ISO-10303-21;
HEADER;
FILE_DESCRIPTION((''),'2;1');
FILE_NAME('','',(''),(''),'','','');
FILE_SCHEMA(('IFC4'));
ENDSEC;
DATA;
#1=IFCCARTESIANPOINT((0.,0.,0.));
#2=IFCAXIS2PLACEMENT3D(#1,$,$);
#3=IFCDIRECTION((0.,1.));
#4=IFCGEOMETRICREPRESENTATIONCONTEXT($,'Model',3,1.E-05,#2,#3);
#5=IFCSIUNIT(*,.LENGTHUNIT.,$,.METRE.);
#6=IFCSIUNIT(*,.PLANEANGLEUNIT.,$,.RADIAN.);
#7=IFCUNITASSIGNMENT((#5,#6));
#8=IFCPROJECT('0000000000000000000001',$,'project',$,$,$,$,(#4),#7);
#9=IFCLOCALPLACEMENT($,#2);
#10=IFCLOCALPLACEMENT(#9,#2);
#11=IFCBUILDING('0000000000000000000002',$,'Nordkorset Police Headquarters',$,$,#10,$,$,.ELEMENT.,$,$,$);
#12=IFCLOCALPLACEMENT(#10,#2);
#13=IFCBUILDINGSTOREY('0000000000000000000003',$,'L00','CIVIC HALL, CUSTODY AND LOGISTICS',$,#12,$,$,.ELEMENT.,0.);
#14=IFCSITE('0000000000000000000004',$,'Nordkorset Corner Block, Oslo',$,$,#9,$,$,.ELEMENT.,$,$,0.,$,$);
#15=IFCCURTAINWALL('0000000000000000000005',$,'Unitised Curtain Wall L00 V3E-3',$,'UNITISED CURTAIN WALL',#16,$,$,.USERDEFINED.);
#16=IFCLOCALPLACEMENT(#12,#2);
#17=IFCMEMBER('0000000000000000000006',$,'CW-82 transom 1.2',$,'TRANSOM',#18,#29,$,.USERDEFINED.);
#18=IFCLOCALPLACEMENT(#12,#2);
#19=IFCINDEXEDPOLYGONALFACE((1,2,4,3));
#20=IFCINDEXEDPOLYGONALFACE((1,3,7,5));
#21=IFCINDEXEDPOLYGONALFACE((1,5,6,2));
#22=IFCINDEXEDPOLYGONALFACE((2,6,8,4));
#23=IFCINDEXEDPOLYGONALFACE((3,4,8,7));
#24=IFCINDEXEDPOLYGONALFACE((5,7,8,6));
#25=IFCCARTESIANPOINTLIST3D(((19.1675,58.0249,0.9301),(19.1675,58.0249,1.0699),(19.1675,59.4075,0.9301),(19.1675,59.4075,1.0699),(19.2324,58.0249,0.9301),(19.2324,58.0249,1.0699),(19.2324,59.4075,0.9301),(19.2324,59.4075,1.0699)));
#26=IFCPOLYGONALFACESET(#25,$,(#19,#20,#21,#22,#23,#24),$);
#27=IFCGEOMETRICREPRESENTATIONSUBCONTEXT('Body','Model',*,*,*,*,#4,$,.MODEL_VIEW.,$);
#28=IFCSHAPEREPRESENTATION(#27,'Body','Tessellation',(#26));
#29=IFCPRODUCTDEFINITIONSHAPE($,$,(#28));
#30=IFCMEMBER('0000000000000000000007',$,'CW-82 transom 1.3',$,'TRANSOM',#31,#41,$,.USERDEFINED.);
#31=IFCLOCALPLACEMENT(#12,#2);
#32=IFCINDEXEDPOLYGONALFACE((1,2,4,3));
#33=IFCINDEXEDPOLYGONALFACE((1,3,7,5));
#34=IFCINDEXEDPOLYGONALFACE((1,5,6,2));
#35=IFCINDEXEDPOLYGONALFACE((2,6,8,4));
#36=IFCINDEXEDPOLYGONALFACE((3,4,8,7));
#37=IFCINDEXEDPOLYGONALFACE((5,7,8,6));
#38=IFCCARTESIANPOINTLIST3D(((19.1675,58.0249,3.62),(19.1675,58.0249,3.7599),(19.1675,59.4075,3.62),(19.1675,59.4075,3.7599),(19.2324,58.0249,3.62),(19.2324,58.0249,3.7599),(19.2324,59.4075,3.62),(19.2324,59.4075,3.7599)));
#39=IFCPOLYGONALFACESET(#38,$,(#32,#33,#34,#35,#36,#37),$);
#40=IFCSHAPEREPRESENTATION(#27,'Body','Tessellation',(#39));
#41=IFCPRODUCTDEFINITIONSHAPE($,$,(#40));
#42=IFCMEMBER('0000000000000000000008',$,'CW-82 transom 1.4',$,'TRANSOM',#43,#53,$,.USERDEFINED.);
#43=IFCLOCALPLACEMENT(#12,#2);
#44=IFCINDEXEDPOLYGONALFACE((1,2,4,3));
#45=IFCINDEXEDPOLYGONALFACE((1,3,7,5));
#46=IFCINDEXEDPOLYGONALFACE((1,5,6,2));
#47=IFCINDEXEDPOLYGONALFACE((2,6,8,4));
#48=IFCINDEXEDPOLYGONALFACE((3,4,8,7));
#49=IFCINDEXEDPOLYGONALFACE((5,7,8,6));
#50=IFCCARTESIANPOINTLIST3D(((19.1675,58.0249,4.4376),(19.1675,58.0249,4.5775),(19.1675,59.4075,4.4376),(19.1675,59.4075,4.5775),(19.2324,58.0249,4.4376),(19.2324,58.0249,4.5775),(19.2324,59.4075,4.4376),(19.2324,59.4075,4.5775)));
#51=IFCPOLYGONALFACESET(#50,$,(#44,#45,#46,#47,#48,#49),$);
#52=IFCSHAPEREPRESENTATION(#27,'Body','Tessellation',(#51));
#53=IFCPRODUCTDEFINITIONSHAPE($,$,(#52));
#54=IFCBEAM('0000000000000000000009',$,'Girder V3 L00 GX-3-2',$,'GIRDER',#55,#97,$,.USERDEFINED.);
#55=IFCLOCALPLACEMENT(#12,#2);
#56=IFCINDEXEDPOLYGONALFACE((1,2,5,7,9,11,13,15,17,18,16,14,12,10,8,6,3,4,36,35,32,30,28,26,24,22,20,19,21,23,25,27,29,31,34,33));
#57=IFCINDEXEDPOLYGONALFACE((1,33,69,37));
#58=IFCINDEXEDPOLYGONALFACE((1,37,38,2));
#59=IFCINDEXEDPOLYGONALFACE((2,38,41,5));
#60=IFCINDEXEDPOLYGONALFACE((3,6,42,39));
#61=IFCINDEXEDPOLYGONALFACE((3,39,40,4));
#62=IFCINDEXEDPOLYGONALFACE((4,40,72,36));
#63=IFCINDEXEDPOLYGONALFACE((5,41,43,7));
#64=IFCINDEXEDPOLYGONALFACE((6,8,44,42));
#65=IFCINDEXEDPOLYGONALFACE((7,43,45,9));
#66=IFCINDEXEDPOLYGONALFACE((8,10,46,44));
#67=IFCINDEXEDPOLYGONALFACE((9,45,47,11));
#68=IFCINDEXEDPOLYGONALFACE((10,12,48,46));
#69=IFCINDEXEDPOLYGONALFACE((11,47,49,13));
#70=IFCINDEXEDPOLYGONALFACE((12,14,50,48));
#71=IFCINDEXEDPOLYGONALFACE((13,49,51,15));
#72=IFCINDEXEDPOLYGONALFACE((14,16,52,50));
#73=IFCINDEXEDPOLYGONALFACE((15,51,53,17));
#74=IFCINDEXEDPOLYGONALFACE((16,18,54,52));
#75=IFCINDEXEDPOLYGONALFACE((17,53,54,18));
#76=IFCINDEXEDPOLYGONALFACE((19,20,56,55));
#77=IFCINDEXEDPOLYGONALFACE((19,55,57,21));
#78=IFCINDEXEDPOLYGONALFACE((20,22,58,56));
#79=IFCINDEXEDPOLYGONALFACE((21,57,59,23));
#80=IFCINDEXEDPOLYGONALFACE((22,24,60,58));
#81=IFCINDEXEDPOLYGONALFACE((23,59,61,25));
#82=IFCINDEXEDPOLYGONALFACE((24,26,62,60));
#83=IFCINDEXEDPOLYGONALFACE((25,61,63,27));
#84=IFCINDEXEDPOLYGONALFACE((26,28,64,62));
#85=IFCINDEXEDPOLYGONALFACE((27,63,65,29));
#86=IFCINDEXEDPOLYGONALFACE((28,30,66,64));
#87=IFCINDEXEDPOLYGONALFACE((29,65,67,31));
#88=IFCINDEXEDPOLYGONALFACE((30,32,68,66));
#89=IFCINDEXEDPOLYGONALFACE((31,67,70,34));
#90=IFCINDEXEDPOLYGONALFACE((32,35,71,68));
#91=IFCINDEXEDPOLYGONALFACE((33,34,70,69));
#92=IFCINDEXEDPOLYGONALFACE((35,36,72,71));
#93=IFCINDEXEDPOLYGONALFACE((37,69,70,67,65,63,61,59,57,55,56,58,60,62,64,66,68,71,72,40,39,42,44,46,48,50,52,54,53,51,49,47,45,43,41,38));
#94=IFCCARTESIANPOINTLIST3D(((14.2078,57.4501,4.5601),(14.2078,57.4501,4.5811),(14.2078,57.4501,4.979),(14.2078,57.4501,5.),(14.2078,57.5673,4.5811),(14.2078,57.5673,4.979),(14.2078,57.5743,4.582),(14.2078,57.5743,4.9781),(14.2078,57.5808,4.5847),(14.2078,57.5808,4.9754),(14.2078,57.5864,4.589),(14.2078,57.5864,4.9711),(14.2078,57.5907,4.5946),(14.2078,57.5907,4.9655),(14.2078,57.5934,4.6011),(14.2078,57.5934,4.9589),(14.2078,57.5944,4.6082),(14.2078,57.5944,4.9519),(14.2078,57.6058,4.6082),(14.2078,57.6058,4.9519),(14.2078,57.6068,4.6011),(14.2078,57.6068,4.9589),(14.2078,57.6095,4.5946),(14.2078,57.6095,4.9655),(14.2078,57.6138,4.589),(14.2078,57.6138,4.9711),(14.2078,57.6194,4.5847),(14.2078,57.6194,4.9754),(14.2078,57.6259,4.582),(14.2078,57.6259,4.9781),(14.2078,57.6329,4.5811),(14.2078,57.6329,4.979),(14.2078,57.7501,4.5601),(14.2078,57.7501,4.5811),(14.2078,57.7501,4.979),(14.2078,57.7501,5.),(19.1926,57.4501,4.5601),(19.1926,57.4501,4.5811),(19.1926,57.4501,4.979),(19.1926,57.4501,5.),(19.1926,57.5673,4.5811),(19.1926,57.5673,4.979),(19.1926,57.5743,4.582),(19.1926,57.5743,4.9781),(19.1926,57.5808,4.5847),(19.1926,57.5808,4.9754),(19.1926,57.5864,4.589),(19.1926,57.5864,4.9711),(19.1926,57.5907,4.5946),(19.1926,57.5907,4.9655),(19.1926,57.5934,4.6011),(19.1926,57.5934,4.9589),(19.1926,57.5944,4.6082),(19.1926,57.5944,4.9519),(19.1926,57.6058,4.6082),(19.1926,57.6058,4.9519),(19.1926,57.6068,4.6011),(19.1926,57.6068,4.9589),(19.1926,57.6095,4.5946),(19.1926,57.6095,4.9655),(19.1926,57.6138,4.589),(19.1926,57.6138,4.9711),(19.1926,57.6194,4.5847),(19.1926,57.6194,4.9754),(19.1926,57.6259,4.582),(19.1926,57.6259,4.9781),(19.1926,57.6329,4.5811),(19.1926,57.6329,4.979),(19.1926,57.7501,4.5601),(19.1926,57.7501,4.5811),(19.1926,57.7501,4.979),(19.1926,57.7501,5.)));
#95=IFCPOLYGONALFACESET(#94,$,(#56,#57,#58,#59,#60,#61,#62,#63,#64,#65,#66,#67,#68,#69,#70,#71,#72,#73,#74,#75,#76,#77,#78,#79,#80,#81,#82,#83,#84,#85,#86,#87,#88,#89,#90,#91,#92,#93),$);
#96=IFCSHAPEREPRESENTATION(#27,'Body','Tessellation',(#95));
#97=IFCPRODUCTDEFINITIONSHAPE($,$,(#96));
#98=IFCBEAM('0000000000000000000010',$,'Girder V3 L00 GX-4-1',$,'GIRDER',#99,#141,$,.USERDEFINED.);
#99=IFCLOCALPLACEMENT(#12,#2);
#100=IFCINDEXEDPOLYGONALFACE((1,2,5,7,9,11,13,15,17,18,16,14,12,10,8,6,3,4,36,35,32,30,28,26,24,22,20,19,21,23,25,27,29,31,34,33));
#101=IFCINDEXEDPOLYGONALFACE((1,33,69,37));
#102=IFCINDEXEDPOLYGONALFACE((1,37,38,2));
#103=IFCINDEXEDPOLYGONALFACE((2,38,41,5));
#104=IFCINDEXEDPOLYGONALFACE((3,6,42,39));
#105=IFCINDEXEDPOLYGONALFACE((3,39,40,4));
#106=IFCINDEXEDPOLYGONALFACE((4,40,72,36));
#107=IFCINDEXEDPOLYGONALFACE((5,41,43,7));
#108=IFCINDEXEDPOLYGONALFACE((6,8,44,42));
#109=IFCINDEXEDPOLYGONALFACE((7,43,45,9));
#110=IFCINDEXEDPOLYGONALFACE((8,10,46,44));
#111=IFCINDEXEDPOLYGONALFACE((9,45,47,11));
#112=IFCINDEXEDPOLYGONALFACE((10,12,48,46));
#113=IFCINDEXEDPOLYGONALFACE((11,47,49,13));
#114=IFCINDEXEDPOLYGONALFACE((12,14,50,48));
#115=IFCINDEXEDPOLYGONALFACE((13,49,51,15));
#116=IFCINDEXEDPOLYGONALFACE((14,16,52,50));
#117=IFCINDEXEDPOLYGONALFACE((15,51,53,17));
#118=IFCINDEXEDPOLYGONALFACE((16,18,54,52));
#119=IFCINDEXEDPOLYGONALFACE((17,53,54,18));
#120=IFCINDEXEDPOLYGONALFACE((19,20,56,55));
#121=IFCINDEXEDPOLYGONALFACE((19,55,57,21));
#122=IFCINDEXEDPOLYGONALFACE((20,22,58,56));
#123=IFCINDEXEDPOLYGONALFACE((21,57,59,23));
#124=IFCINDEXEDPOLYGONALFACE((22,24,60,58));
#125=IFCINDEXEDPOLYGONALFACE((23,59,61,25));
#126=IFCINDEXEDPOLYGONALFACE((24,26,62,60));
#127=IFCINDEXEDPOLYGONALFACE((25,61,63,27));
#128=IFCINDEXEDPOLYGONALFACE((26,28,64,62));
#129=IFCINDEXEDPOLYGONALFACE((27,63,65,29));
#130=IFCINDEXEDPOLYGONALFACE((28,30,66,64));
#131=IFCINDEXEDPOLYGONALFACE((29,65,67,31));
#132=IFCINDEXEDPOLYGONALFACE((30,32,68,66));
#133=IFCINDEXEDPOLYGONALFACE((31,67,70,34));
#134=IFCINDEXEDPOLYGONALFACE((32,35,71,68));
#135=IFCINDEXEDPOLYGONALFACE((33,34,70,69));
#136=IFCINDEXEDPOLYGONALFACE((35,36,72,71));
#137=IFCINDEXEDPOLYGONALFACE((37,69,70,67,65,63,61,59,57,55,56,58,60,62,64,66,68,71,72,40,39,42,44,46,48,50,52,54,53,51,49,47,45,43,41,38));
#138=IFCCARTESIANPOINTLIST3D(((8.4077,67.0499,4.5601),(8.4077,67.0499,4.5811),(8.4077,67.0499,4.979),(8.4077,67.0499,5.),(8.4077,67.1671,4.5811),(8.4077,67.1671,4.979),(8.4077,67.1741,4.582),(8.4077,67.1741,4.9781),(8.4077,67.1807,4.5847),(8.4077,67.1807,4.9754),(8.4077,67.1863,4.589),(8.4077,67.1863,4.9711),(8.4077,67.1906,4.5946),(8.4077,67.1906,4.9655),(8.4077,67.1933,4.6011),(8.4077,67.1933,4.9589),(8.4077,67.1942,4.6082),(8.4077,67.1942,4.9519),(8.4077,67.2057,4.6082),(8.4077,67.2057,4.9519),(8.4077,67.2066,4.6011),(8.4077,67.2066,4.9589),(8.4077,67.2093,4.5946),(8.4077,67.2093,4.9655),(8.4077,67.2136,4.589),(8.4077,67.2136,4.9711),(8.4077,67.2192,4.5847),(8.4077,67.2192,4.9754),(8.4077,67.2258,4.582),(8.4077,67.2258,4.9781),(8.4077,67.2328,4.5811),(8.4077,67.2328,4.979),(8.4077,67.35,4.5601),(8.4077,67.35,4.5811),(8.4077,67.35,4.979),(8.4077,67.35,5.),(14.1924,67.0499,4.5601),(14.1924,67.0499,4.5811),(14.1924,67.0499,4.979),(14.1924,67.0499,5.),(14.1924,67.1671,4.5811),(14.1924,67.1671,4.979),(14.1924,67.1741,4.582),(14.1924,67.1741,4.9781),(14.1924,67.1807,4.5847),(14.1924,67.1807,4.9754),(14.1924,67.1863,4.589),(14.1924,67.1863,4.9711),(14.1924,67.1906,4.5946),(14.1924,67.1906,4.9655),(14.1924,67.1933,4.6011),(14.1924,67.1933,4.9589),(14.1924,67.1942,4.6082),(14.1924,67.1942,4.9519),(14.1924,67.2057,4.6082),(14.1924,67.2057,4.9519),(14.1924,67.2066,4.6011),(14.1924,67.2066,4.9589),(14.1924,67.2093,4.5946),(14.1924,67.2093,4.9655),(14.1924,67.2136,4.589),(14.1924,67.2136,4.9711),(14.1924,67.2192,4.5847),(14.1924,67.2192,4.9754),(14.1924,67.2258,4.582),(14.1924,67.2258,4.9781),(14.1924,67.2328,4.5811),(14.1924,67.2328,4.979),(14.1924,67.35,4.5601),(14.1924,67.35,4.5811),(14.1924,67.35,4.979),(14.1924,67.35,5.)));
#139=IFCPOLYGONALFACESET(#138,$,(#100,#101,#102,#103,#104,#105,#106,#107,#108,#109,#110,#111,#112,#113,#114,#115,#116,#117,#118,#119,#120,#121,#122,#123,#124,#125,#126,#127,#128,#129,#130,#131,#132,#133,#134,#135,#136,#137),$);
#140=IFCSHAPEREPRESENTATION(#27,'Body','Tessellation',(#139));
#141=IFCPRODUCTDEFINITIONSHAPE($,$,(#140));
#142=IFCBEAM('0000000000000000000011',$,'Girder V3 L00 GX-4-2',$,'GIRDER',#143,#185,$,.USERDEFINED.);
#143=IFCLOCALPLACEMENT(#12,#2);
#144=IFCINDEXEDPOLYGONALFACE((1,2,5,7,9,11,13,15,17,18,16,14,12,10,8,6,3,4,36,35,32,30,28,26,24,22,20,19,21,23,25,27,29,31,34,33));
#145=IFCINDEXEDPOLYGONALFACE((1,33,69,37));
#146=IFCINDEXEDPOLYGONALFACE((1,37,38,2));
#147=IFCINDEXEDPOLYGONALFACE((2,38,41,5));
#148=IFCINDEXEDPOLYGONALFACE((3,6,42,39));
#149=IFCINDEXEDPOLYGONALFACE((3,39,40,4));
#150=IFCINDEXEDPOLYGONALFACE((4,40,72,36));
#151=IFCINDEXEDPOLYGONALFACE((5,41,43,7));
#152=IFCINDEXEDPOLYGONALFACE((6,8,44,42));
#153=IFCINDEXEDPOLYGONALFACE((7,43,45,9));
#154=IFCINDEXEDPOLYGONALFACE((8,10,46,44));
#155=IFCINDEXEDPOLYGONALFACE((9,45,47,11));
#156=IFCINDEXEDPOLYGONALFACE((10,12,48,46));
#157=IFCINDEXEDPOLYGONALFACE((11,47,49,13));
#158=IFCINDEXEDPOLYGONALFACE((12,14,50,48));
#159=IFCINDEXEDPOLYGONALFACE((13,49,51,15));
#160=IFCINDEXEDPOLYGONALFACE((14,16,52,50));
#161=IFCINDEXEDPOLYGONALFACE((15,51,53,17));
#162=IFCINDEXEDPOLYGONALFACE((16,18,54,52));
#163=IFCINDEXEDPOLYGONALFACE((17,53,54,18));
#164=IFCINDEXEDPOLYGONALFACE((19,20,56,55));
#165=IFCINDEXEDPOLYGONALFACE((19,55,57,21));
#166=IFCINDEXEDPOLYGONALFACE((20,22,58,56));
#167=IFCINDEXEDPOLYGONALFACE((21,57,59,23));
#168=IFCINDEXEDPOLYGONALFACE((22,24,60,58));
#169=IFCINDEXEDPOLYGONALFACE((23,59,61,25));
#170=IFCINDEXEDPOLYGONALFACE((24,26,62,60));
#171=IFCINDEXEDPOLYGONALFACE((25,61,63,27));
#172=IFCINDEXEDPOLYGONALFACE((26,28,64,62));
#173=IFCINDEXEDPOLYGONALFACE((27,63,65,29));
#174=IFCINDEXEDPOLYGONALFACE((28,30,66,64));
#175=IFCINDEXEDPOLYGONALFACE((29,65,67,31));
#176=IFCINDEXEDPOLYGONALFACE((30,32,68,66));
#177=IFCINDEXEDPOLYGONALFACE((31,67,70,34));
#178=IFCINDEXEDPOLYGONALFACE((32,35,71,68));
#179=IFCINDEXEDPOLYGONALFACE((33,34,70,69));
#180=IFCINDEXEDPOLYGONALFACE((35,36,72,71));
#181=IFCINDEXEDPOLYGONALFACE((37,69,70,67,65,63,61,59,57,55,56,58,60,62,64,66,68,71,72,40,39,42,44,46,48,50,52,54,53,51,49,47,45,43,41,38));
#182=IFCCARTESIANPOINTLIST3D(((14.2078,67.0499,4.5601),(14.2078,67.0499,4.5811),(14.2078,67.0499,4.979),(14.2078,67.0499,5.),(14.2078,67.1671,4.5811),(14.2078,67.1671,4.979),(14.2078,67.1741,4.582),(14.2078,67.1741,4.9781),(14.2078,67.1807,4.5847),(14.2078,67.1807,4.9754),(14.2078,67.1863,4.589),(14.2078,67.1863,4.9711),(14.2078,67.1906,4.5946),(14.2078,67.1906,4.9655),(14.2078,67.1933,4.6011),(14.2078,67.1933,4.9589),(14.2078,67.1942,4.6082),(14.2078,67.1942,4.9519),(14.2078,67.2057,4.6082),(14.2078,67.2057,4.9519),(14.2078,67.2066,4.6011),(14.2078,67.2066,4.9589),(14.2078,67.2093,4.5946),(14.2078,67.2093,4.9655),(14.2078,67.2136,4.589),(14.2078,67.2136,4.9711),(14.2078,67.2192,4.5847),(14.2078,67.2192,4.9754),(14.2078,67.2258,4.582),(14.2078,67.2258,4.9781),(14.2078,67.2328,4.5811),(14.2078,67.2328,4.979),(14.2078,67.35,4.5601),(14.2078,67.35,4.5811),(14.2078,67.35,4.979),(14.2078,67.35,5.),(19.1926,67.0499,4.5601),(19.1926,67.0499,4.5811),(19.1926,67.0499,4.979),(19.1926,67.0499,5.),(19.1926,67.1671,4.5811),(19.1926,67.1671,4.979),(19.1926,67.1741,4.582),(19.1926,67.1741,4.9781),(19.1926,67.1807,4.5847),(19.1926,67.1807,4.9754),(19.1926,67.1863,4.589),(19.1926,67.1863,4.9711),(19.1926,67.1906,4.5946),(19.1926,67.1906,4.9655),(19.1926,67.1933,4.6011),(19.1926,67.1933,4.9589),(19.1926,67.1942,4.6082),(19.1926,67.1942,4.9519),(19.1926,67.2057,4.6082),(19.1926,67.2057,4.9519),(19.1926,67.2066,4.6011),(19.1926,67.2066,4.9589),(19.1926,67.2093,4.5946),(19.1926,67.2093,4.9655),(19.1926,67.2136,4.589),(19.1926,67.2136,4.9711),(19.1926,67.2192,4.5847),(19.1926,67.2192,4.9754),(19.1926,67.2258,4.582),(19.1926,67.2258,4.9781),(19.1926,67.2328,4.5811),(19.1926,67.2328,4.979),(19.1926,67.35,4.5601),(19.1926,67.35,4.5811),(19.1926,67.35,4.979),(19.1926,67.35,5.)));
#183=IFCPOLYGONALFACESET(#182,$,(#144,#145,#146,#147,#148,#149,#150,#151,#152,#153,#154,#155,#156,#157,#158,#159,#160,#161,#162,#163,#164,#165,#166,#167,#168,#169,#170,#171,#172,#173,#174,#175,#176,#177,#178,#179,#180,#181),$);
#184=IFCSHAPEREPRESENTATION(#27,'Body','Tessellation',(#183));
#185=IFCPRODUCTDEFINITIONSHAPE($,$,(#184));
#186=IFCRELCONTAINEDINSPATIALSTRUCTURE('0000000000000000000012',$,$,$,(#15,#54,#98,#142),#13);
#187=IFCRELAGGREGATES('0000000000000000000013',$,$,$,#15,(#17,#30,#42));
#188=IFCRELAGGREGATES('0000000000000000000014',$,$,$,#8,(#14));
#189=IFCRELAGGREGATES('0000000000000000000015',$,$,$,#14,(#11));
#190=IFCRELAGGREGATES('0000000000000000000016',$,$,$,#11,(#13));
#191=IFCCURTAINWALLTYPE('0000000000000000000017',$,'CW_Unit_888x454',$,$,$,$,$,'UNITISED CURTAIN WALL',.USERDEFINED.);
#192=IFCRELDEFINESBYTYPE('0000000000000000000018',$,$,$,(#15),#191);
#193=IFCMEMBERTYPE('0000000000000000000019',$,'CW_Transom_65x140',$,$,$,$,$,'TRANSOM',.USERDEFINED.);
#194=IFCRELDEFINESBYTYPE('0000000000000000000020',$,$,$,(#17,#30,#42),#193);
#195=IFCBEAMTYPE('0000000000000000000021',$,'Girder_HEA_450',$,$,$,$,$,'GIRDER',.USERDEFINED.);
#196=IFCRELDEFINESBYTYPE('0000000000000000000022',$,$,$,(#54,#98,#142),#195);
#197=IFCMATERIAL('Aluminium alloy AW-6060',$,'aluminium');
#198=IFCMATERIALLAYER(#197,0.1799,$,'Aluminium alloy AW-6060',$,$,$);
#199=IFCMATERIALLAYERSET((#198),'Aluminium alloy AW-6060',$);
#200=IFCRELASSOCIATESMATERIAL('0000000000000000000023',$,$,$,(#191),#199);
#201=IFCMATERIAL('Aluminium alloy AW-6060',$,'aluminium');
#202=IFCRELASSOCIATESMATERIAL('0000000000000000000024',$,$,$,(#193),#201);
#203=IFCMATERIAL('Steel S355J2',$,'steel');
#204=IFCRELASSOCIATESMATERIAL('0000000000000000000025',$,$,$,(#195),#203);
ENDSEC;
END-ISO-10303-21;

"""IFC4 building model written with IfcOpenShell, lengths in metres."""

from ifc_helpers import new_model, si_unit, direction, frame, origin, origin_2d, place, context, subcontext, project, spatial, rectangle, i_section, extrude, material, layer, layer_set, material_profile, profile_set, type_object, element, aggregate, save


model = new_model("IFC4")

# Units and contexts
model_context = context("Model", 3, precision=1e-05, world=origin(), true_north=direction((0.0, 1.0)))
body_context = subcontext(model_context, "Body", "Model", "MODEL_VIEW")
ifc_project = project(units=[si_unit("LENGTHUNIT", "METRE"), si_unit("PLANEANGLEUNIT", "RADIAN")], contexts=[model_context])

# Site, building, storey
site_placement = place(None, origin())
site = spatial("IfcSite", under=ifc_project, at=site_placement, Name="Nordkorset Corner Block, Oslo", CompositionType="ELEMENT", RefElevation=0.0)
building_placement = place(site_placement, origin())
building = spatial("IfcBuilding", under=site, at=building_placement, Name="Nordkorset Police Headquarters", CompositionType="ELEMENT")
storey_placement = place(building_placement, origin())
storey = spatial("IfcBuildingStorey", under=building, at=storey_placement, Name="L00", Description="CIVIC HALL, CUSTODY AND LOGISTICS", CompositionType="ELEMENT", Elevation=0.0)

# Curtain wall, members
ifc_material_1 = material(Name="Aluminium alloy AW-6060", Category="aluminium")
ifc_layer_1 = layer(ifc_material_1, 0.1799, Name="Aluminium alloy AW-6060")
ifc_layer_set_1 = layer_set([ifc_layer_1], Name="Aluminium alloy AW-6060")
curtain_wall_type = type_object("IfcCurtainWallType", Name="CW_Unit_888x454", ElementType="UNITISED CURTAIN WALL", PredefinedType="USERDEFINED", material=ifc_layer_set_1)
curtain_wall_placement = place(storey_placement, origin())
curtain_wall = element("IfcCurtainWall", 1, at=curtain_wall_placement, inside=storey, type_object=curtain_wall_type, Name="Unitised Curtain Wall L00 V3E-3", ObjectType="UNITISED CURTAIN WALL", PredefinedType="USERDEFINED")
ifc_material_2 = material(Name="Aluminium alloy AW-6060", Category="aluminium")
ifc_material_profile_1 = material_profile(ifc_material_2, rectangle(XDim=0.0649, YDim=0.1399, at=origin_2d()), Name="ALU TRAN 65x140")
ifc_profile_set_1 = profile_set([ifc_material_profile_1], Name="Aluminium alloy AW-6060")
member_type_1 = type_object("IfcMemberType", Name="CW_Transom_65x140", ElementType="TRANSOM", PredefinedType="USERDEFINED", material=ifc_profile_set_1)
member_1_placement = place(storey_placement, frame((19.2, 58.0249, 1.0), z_axis=(0.0, 1.0, 0.0), x_axis=(-1.0, 0.0, 0.0)))
member_1 = element("IfcMember", 2, at=member_1_placement, type_object=member_type_1, Name="CW-82 transom 1.2", ObjectType="TRANSOM", PredefinedType="USERDEFINED", context=body_context, shape_type="SweptSolid", body=[
    extrude(rectangle(XDim=0.0649, YDim=0.1399, at=origin_2d()), origin(), (0.0, 0.0, 1.0), 1.3826),
])
member_2_placement = place(storey_placement, frame((19.2, 58.0249, 3.6899), z_axis=(0.0, 1.0, 0.0), x_axis=(-1.0, 0.0, 0.0)))
member_2 = element("IfcMember", 3, at=member_2_placement, type_object=member_type_1, Name="CW-82 transom 1.3", ObjectType="TRANSOM", PredefinedType="USERDEFINED", context=body_context, shape_type="SweptSolid", body=[
    extrude(rectangle(XDim=0.0649, YDim=0.1399, at=origin_2d()), origin(), (0.0, 0.0, 1.0), 1.3826),
])
member_3_placement = place(storey_placement, frame((19.2, 58.0249, 4.5076), z_axis=(0.0, 1.0, 0.0), x_axis=(-1.0, 0.0, 0.0)))
member_3 = element("IfcMember", 4, at=member_3_placement, type_object=member_type_1, Name="CW-82 transom 1.4", ObjectType="TRANSOM", PredefinedType="USERDEFINED", context=body_context, shape_type="SweptSolid", body=[
    extrude(rectangle(XDim=0.0649, YDim=0.1399, at=origin_2d()), origin(), (0.0, 0.0, 1.0), 1.3826),
])

# Beams
ifc_material_3 = material(Name="Steel S355J2", Category="steel")
ifc_material_profile_2 = material_profile(ifc_material_3, i_section(OverallWidth=0.3, OverallDepth=0.4399, WebThickness=0.0115, FlangeThickness=0.021, FilletRadius=0.0271, at=origin_2d()), Name="HEA 450")
ifc_profile_set_2 = profile_set([ifc_material_profile_2], Name="Steel S355J2")
beam_type_1 = type_object("IfcBeamType", Name="Girder_HEA_450", ElementType="GIRDER", PredefinedType="USERDEFINED", material=ifc_profile_set_2)
beam_1_placement = place(storey_placement, frame((14.2078, 57.6001, 4.78), z_axis=(1.0, 0.0, 0.0), x_axis=(0.0, 1.0, 0.0)))
element("IfcBeam", 5, at=beam_1_placement, inside=storey, type_object=beam_type_1, Name="Girder V3 L00 GX-3-2", ObjectType="GIRDER", PredefinedType="USERDEFINED", context=body_context, shape_type="SweptSolid", body=[
    extrude(i_section(OverallWidth=0.3, OverallDepth=0.4399, WebThickness=0.0115, FlangeThickness=0.021, FilletRadius=0.0271, at=origin_2d()), origin(), (0.0, 0.0, 1.0), 4.9849),
])
beam_2_placement = place(storey_placement, frame((8.4077, 67.2, 4.78), z_axis=(1.0, 0.0, 0.0), x_axis=(0.0, 1.0, 0.0)))
element("IfcBeam", 6, at=beam_2_placement, inside=storey, type_object=beam_type_1, Name="Girder V3 L00 GX-4-1", ObjectType="GIRDER", PredefinedType="USERDEFINED", context=body_context, shape_type="SweptSolid", body=[
    extrude(i_section(OverallWidth=0.3, OverallDepth=0.4399, WebThickness=0.0115, FlangeThickness=0.021, FilletRadius=0.0271, at=origin_2d()), origin(), (0.0, 0.0, 1.0), 5.7847),
])
beam_3_placement = place(storey_placement, frame((14.2078, 67.2, 4.78), z_axis=(1.0, 0.0, 0.0), x_axis=(0.0, 1.0, 0.0)))
element("IfcBeam", 7, at=beam_3_placement, inside=storey, type_object=beam_type_1, Name="Girder V3 L00 GX-4-2", ObjectType="GIRDER", PredefinedType="USERDEFINED", context=body_context, shape_type="SweptSolid", body=[
    extrude(i_section(OverallWidth=0.3, OverallDepth=0.4399, WebThickness=0.0115, FlangeThickness=0.021, FilletRadius=0.0271, at=origin_2d()), origin(), (0.0, 0.0, 1.0), 4.9849),
])

aggregate(curtain_wall, [member_1, member_2, member_3])

save(model, "model.ifc")
